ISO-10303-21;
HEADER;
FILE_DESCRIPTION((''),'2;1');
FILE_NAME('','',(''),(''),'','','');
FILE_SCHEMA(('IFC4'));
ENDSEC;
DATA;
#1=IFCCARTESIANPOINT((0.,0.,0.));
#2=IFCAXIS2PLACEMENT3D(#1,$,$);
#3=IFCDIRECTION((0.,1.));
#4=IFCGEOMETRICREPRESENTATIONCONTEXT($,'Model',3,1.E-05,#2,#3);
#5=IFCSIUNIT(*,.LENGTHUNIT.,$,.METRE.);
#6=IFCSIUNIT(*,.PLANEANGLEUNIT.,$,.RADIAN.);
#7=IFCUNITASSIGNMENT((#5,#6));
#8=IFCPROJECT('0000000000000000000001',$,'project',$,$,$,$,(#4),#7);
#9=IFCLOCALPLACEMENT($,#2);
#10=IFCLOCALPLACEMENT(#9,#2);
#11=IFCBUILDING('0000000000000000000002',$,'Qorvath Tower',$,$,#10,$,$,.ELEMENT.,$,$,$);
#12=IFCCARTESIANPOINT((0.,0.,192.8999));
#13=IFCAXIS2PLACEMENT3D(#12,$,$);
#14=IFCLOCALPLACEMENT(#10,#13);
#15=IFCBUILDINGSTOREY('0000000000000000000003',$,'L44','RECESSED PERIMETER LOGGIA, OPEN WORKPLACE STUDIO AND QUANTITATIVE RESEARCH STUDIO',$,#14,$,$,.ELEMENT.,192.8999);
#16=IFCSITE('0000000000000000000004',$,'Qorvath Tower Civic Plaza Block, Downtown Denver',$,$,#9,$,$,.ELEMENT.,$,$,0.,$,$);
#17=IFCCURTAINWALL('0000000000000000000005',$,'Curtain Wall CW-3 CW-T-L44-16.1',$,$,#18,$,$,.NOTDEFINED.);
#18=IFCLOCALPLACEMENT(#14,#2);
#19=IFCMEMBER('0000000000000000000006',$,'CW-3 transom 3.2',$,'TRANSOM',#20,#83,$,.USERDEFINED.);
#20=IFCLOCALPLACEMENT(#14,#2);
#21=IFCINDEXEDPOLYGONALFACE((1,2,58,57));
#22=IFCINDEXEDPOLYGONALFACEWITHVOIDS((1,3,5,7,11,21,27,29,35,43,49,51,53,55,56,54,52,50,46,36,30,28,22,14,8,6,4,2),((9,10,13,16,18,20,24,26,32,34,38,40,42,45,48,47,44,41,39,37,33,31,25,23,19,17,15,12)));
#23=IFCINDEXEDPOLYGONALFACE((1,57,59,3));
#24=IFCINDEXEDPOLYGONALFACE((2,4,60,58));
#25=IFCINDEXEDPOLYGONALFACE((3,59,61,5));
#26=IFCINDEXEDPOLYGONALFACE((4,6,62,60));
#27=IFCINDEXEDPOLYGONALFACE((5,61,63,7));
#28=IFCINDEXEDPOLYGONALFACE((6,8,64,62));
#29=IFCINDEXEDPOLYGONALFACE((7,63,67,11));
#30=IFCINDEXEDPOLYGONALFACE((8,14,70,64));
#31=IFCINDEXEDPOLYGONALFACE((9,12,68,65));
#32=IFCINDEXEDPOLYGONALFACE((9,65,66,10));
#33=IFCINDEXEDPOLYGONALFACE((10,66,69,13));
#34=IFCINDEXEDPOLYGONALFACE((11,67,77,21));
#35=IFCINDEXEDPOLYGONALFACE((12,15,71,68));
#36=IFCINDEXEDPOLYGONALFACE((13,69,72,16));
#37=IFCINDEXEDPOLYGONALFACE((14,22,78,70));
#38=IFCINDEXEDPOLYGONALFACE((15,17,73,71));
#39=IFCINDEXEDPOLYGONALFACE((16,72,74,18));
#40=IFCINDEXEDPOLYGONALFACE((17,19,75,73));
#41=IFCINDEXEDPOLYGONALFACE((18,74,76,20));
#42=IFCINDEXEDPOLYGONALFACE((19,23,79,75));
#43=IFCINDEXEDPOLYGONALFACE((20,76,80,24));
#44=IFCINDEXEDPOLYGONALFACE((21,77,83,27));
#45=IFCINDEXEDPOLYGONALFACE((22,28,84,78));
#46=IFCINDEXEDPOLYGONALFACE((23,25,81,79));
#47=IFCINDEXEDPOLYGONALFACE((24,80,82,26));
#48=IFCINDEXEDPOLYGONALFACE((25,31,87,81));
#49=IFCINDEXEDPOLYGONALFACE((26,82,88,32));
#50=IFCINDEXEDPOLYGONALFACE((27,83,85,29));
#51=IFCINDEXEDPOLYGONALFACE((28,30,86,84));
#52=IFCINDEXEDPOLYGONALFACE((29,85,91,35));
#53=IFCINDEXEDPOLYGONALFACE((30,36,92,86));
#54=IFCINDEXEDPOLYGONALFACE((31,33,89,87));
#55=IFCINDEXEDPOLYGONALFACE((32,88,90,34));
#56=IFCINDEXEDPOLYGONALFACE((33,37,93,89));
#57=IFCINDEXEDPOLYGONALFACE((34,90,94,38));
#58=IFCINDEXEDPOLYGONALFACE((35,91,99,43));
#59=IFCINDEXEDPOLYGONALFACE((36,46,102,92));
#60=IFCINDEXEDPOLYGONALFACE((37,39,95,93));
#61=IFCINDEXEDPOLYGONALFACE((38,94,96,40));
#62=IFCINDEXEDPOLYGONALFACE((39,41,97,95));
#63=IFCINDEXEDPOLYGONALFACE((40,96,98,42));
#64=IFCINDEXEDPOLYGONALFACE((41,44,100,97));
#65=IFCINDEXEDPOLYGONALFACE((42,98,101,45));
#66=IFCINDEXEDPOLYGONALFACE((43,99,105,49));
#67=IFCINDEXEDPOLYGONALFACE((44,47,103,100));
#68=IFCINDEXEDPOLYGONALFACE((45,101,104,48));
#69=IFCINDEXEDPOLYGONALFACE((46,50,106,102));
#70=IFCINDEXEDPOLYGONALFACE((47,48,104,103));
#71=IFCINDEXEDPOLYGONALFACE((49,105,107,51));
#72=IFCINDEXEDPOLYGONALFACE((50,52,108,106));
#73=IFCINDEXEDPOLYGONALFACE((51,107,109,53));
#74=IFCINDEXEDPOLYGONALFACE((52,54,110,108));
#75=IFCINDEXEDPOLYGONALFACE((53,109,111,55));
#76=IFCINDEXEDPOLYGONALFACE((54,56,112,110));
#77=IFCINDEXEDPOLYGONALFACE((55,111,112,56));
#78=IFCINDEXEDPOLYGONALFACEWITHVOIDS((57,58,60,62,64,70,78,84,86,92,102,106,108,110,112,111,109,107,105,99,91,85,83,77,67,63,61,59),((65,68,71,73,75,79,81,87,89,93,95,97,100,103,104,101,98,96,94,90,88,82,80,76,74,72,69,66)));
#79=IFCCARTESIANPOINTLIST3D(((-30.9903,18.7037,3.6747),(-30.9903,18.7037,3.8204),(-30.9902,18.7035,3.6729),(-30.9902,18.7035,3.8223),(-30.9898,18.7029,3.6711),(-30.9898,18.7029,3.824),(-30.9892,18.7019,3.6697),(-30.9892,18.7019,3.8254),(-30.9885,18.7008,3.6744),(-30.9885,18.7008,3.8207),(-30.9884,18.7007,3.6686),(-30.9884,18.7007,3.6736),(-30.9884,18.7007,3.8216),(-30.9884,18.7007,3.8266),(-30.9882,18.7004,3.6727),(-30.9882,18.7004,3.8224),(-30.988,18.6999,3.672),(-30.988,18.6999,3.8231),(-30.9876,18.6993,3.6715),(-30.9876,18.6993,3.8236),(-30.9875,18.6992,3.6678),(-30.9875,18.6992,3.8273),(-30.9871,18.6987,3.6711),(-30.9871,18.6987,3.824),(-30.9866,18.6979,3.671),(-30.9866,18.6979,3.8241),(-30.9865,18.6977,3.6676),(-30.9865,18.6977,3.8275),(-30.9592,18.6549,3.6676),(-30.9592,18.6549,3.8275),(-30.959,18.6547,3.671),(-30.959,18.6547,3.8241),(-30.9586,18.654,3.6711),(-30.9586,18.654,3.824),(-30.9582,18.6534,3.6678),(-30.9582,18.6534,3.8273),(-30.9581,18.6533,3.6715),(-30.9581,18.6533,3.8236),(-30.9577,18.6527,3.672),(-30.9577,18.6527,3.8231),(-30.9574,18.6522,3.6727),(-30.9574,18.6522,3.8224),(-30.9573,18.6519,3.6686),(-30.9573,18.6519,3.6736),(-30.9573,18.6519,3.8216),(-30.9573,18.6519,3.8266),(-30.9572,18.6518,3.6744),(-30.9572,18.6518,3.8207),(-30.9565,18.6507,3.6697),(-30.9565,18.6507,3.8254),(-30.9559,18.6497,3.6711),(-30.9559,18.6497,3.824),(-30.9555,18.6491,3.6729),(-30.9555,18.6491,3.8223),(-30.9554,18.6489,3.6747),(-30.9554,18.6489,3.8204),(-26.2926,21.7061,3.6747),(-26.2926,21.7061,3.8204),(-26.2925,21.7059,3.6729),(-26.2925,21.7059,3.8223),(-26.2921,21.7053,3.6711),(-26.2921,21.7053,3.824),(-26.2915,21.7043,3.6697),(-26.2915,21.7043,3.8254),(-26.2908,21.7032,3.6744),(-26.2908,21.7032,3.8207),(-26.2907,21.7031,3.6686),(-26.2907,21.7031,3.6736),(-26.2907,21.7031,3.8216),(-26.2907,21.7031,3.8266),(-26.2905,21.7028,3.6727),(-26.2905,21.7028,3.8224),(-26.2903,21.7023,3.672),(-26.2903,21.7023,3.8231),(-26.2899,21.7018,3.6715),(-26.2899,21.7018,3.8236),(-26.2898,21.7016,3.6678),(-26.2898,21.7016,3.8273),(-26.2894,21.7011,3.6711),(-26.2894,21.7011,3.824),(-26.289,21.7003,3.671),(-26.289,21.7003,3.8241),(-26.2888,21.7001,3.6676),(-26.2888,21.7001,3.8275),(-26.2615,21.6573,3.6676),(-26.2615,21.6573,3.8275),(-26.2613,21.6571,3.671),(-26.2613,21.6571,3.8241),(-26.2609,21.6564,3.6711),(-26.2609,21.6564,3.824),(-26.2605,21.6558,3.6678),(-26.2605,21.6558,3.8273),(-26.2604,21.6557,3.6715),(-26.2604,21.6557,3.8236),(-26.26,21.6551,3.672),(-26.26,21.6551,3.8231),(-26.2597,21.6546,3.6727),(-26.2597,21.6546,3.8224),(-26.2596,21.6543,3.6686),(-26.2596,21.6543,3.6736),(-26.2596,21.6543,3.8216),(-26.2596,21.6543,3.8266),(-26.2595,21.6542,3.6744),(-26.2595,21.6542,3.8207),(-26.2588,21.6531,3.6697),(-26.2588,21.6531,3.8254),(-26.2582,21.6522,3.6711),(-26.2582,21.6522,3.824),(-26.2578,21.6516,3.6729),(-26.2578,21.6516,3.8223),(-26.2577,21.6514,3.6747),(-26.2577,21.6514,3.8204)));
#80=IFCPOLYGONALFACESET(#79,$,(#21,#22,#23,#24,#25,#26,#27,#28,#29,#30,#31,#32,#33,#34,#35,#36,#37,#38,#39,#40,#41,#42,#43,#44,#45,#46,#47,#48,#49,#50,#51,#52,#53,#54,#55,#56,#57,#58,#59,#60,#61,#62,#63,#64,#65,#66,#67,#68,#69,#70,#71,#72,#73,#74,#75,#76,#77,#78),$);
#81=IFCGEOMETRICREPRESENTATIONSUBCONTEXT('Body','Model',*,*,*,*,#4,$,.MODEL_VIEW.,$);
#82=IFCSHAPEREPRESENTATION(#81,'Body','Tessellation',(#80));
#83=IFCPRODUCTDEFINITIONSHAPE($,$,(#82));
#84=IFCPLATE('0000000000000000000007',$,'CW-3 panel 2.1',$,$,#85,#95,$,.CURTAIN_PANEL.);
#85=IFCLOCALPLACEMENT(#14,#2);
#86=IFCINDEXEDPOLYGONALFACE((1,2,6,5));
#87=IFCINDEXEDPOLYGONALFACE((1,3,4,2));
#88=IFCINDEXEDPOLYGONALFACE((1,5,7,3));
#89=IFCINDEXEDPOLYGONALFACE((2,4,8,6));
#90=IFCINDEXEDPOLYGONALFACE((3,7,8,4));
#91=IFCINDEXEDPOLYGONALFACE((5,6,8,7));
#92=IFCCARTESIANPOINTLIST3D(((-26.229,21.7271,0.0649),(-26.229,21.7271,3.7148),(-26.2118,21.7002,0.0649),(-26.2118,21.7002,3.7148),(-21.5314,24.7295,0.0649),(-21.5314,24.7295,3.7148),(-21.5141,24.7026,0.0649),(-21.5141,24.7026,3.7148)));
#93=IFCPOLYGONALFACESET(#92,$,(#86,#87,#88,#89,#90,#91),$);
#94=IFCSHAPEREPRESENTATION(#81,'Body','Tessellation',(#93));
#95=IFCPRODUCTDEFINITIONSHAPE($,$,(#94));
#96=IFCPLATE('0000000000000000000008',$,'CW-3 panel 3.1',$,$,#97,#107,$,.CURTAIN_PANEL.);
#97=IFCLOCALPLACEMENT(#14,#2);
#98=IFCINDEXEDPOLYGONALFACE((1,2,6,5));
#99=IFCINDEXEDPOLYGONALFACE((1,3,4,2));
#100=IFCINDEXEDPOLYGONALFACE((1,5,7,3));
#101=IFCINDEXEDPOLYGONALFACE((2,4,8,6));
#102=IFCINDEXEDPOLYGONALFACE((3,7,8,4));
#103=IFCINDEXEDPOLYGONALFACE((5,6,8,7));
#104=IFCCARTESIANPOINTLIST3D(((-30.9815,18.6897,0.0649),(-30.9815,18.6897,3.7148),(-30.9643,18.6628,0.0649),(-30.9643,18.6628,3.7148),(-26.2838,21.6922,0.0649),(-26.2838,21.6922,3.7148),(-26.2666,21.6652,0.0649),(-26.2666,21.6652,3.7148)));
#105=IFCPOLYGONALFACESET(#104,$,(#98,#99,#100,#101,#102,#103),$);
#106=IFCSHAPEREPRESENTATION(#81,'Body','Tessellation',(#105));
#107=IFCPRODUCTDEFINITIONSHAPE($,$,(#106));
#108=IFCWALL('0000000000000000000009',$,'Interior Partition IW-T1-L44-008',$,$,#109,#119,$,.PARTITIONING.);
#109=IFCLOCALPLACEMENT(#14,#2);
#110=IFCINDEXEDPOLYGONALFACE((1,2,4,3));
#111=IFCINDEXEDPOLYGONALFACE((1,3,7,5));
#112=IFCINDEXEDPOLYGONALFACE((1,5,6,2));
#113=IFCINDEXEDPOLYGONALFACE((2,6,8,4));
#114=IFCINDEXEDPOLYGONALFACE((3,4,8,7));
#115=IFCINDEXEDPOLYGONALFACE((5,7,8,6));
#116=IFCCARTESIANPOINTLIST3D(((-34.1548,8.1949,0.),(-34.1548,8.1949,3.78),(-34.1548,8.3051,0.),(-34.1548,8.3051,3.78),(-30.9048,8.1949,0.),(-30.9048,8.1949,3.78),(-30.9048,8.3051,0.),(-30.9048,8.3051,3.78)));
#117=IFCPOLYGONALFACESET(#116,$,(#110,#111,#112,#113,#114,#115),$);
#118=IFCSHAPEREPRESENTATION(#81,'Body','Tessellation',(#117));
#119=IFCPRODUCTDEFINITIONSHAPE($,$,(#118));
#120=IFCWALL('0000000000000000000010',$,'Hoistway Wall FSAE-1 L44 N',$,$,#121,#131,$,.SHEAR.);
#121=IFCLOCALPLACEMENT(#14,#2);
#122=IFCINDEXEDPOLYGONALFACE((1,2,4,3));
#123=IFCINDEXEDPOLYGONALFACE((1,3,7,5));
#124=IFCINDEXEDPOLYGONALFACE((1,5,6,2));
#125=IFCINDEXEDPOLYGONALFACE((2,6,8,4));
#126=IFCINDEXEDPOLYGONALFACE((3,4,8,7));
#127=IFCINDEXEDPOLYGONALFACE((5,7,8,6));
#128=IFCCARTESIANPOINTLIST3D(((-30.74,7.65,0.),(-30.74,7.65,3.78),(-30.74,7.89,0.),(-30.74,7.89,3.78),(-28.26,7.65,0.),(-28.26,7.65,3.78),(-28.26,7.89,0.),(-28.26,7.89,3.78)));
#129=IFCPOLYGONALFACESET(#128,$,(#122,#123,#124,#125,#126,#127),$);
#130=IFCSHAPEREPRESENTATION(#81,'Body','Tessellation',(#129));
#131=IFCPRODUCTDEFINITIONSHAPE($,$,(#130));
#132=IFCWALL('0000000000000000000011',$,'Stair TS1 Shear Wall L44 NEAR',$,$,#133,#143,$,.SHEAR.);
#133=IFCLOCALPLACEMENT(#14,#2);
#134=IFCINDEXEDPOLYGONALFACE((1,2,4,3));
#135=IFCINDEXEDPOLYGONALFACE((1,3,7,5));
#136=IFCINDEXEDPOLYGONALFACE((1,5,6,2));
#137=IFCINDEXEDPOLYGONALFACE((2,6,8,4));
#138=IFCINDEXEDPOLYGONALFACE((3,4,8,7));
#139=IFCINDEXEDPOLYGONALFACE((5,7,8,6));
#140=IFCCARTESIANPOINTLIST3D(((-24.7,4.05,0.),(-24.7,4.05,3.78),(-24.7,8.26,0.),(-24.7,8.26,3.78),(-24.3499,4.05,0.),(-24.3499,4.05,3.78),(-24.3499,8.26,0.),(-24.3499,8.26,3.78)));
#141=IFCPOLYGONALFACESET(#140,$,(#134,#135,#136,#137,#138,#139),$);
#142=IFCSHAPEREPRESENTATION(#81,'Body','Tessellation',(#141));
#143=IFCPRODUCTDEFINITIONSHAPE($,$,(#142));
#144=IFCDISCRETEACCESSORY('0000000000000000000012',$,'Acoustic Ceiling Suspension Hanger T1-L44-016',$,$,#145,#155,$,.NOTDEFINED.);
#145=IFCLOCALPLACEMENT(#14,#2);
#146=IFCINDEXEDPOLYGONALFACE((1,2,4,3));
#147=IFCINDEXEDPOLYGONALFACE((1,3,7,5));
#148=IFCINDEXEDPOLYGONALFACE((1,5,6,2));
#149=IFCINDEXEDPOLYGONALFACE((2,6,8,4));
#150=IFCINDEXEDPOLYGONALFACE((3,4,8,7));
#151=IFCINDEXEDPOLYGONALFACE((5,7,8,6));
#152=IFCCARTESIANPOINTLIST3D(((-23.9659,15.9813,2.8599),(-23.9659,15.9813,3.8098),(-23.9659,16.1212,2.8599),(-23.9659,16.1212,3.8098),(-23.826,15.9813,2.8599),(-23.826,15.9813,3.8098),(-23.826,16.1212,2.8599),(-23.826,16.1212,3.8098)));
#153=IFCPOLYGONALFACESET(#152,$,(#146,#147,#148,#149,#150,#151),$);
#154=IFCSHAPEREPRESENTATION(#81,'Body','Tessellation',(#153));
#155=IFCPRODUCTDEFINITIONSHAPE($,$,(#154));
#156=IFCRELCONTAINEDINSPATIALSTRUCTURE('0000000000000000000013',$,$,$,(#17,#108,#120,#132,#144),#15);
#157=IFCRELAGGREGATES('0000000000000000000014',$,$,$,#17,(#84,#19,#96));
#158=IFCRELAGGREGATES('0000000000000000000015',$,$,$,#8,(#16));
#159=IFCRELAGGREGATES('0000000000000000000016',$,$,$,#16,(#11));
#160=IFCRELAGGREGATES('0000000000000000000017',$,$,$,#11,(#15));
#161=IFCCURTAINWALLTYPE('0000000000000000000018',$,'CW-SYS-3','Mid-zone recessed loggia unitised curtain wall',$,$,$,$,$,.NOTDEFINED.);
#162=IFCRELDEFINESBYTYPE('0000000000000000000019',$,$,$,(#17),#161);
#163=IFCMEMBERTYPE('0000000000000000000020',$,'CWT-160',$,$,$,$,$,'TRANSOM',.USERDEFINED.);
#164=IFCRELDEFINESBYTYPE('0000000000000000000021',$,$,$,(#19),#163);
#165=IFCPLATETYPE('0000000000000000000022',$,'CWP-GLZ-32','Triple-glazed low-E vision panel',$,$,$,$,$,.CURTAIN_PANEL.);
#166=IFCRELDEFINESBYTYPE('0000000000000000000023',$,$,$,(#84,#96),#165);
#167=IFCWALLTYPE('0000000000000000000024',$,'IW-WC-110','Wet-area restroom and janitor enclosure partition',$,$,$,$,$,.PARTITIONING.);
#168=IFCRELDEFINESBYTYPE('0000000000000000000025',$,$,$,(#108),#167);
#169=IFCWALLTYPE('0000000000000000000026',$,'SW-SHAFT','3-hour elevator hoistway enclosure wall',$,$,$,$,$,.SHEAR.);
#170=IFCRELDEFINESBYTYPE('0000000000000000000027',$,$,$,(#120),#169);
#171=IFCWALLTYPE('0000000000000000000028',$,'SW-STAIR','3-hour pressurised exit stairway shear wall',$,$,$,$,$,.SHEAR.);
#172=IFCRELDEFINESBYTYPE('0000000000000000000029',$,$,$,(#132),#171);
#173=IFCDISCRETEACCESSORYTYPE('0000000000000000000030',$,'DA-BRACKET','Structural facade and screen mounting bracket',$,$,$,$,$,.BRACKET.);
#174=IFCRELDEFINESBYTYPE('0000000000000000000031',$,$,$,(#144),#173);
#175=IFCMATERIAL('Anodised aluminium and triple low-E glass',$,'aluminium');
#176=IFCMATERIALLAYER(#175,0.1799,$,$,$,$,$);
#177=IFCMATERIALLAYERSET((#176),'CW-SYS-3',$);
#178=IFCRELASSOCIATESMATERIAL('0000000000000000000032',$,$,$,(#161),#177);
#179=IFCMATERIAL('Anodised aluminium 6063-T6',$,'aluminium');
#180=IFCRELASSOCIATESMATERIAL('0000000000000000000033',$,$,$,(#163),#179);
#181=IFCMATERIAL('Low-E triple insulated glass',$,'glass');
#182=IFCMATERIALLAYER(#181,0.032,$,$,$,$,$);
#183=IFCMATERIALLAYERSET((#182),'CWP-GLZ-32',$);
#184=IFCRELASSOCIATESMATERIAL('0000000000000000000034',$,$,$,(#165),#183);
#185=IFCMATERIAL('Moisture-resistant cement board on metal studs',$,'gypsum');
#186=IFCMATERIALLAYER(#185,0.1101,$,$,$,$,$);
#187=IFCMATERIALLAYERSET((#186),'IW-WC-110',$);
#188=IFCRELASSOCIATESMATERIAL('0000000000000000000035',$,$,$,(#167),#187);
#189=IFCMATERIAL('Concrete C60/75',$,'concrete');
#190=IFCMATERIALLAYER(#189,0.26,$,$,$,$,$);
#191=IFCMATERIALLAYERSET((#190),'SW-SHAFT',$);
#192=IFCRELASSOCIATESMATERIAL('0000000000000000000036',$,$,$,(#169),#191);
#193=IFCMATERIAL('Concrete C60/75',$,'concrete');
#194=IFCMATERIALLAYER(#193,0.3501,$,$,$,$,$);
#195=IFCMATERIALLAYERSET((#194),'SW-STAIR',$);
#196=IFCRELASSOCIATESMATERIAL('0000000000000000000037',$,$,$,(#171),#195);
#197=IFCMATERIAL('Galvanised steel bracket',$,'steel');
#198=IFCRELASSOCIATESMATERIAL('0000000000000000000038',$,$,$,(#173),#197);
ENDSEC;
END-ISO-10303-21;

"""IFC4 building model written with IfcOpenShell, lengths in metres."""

from ifc_helpers import new_model, si_unit, direction, frame, frame_2d, origin, origin_2d, place, context, subcontext, project, spatial, rectangle, hollow_rectangle, extrude, material, layer, layer_set, material_profile, profile_set, type_object, element, aggregate, save


model = new_model("IFC4")

# Units and contexts
model_context = context("Model", 3, precision=1e-05, world=origin(), true_north=direction((0.0, 1.0)))
body_context = subcontext(model_context, "Body", "Model", "MODEL_VIEW")
ifc_project = project(units=[si_unit("LENGTHUNIT", "METRE"), si_unit("PLANEANGLEUNIT", "RADIAN")], contexts=[model_context])

# Site, building, storey
site_placement = place(None, origin())
site = spatial("IfcSite", under=ifc_project, at=site_placement, Name="Qorvath Tower Civic Plaza Block, Downtown Denver", CompositionType="ELEMENT", RefElevation=0.0)
building_placement = place(site_placement, origin())
building = spatial("IfcBuilding", under=site, at=building_placement, Name="Qorvath Tower", CompositionType="ELEMENT")
storey_placement = place(building_placement, frame((0.0, 0.0, 192.8999)))
storey = spatial("IfcBuildingStorey", under=building, at=storey_placement, Name="L44", Description="RECESSED PERIMETER LOGGIA, OPEN WORKPLACE STUDIO AND QUANTITATIVE RESEARCH STUDIO", CompositionType="ELEMENT", Elevation=192.8999)

# Curtain wall, member, plates
ifc_material_1 = material(Name="Anodised aluminium and triple low-E glass", Category="aluminium")
ifc_layer_1 = layer(ifc_material_1, 0.1799)
ifc_layer_set_1 = layer_set([ifc_layer_1], Name="CW-SYS-3")
curtain_wall_type = type_object("IfcCurtainWallType", Name="CW-SYS-3", Description="Mid-zone recessed loggia unitised curtain wall", PredefinedType="NOTDEFINED", material=ifc_layer_set_1)
curtain_wall_placement = place(storey_placement, origin())
curtain_wall = element("IfcCurtainWall", 1, at=curtain_wall_placement, inside=storey, type_object=curtain_wall_type, Name="Curtain Wall CW-3 CW-T-L44-16.1", PredefinedType="NOTDEFINED")
ifc_material_2 = material(Name="Anodised aluminium 6063-T6", Category="aluminium")
ifc_material_profile_1 = material_profile(ifc_material_2, hollow_rectangle(XDim=0.0649, YDim=0.1599, WallThickness=0.0034, InnerFilletRadius=0.0034, OuterFilletRadius=0.0071, at=origin_2d()), Name="CWT 160x65")
ifc_profile_set_1 = profile_set([ifc_material_profile_1], Name="Anodised aluminium 6063-T6")
member_type_1 = type_object("IfcMemberType", Name="CWT-160", ElementType="TRANSOM", PredefinedType="USERDEFINED", material=ifc_profile_set_1)
member_1_placement = place(storey_placement, frame((-26.2751, 21.6787, 3.7476), z_axis=(-0.842607, -0.538529, 0.0), x_axis=(0.538529, -0.842607, 0.0)))
member_1 = element("IfcMember", 2, at=member_1_placement, type_object=member_type_1, Name="CW-3 transom 3.2", ObjectType="TRANSOM", PredefinedType="USERDEFINED", context=body_context, shape_type="SweptSolid", body=[
    extrude(hollow_rectangle(XDim=0.0649, YDim=0.1599, WallThickness=0.0034, InnerFilletRadius=0.0034, OuterFilletRadius=0.0071, at=origin_2d()), origin(), (0.0, 0.0, 1.0), 5.5752),
])
ifc_material_3 = material(Name="Low-E triple insulated glass", Category="glass")
ifc_layer_2 = layer(ifc_material_3, 0.032)
ifc_layer_set_2 = layer_set([ifc_layer_2], Name="CWP-GLZ-32")
plate_type = type_object("IfcPlateType", Name="CWP-GLZ-32", Description="Triple-glazed low-E vision panel", PredefinedType="CURTAIN_PANEL", material=ifc_layer_set_2)
plate_1_placement = place(storey_placement, frame((-23.8716, 23.2148, 0.0649), z_axis=(0.0, 0.0, 1.0), x_axis=(-0.842604, -0.538534, 0.0)))
plate_1 = element("IfcPlate", 3, at=plate_1_placement, type_object=plate_type, Name="CW-3 panel 2.1", PredefinedType="CURTAIN_PANEL", context=body_context, shape_type="SweptSolid", body=[
    extrude(rectangle(XDim=5.5752, YDim=0.032, at=origin_2d()), origin(), (0.0, 0.0, 1.0), 3.6499),
])
plate_2_placement = place(storey_placement, frame((-28.624, 20.1775, 0.0649), z_axis=(0.0, 0.0, 1.0), x_axis=(-0.842604, -0.538534, 0.0)))
plate_2 = element("IfcPlate", 4, at=plate_2_placement, type_object=plate_type, Name="CW-3 panel 3.1", PredefinedType="CURTAIN_PANEL", context=body_context, shape_type="SweptSolid", body=[
    extrude(rectangle(XDim=5.5752, YDim=0.032, at=origin_2d()), origin(), (0.0, 0.0, 1.0), 3.6499),
])
aggregate(curtain_wall, [plate_1, member_1, plate_2])

# Walls
ifc_material_4 = material(Name="Moisture-resistant cement board on metal studs", Category="gypsum")
ifc_layer_3 = layer(ifc_material_4, 0.1101)
ifc_layer_set_3 = layer_set([ifc_layer_3], Name="IW-WC-110")
wall_type_1 = type_object("IfcWallType", Name="IW-WC-110", Description="Wet-area restroom and janitor enclosure partition", PredefinedType="PARTITIONING", material=ifc_layer_set_3)
wall_1_placement = place(storey_placement, frame((-30.9048, 8.25, 0.0), z_axis=(0.0, 0.0, 1.0), x_axis=(-1.0, 0.0, 0.0)))
element("IfcWall", 5, at=wall_1_placement, inside=storey, type_object=wall_type_1, Name="Interior Partition IW-T1-L44-008", PredefinedType="PARTITIONING", context=body_context, shape_type="SweptSolid", body=[
    extrude(rectangle(XDim=3.25, YDim=0.1101, at=frame_2d((1.625, 0.0))), origin(), (0.0, 0.0, 1.0), 3.78),
])
ifc_material_5 = material(Name="Concrete C60/75", Category="concrete")
ifc_layer_4 = layer(ifc_material_5, 0.26)
ifc_layer_set_4 = layer_set([ifc_layer_4], Name="SW-SHAFT")
wall_type_2 = type_object("IfcWallType", Name="SW-SHAFT", Description="3-hour elevator hoistway enclosure wall", PredefinedType="SHEAR", material=ifc_layer_set_4)
wall_2_placement = place(storey_placement, frame((-30.74, 7.77, 0.0), z_axis=(0.0, 0.0, 1.0), x_axis=(1.0, 0.0, 0.0)))
element("IfcWall", 6, at=wall_2_placement, inside=storey, type_object=wall_type_2, Name="Hoistway Wall FSAE-1 L44 N", PredefinedType="SHEAR", context=body_context, shape_type="SweptSolid", body=[
    extrude(rectangle(XDim=2.48, YDim=0.24, at=frame_2d((1.24, 0.0))), origin(), (0.0, 0.0, 1.0), 3.78),
])
ifc_material_6 = material(Name="Concrete C60/75", Category="concrete")
ifc_layer_5 = layer(ifc_material_6, 0.3501)
ifc_layer_set_5 = layer_set([ifc_layer_5], Name="SW-STAIR")
wall_type_3 = type_object("IfcWallType", Name="SW-STAIR", Description="3-hour pressurised exit stairway shear wall", PredefinedType="SHEAR", material=ifc_layer_set_5)
wall_3_placement = place(storey_placement, frame((-24.5249, 8.26, 0.0), z_axis=(0.0, 0.0, 1.0), x_axis=(0.0, -1.0, 0.0)))
element("IfcWall", 7, at=wall_3_placement, inside=storey, type_object=wall_type_3, Name="Stair TS1 Shear Wall L44 NEAR", PredefinedType="SHEAR", context=body_context, shape_type="SweptSolid", body=[
    extrude(rectangle(XDim=4.21, YDim=0.3501, at=frame_2d((2.105, 0.0))), origin(), (0.0, 0.0, 1.0), 3.78),
])

# Discrete accessory
ifc_material_7 = material(Name="Galvanised steel bracket", Category="steel")
discrete_accessory_type = type_object("IfcDiscreteAccessoryType", Name="DA-BRACKET", Description="Structural facade and screen mounting bracket", PredefinedType="BRACKET", material=ifc_material_7)
discrete_accessory_placement = place(storey_placement, frame((-23.896, 16.0513, 2.8599), z_axis=(0.0, 0.0, 1.0), x_axis=(1.0, 0.0, 0.0)))
element("IfcDiscreteAccessory", 8, at=discrete_accessory_placement, inside=storey, type_object=discrete_accessory_type, Name="Acoustic Ceiling Suspension Hanger T1-L44-016", PredefinedType="NOTDEFINED", context=body_context, shape_type="SweptSolid", body=[
    extrude(rectangle(XDim=0.1399, YDim=0.1399, at=origin_2d()), origin(), (0.0, 0.0, 1.0), 0.95),
])

save(model, "model.ifc")
